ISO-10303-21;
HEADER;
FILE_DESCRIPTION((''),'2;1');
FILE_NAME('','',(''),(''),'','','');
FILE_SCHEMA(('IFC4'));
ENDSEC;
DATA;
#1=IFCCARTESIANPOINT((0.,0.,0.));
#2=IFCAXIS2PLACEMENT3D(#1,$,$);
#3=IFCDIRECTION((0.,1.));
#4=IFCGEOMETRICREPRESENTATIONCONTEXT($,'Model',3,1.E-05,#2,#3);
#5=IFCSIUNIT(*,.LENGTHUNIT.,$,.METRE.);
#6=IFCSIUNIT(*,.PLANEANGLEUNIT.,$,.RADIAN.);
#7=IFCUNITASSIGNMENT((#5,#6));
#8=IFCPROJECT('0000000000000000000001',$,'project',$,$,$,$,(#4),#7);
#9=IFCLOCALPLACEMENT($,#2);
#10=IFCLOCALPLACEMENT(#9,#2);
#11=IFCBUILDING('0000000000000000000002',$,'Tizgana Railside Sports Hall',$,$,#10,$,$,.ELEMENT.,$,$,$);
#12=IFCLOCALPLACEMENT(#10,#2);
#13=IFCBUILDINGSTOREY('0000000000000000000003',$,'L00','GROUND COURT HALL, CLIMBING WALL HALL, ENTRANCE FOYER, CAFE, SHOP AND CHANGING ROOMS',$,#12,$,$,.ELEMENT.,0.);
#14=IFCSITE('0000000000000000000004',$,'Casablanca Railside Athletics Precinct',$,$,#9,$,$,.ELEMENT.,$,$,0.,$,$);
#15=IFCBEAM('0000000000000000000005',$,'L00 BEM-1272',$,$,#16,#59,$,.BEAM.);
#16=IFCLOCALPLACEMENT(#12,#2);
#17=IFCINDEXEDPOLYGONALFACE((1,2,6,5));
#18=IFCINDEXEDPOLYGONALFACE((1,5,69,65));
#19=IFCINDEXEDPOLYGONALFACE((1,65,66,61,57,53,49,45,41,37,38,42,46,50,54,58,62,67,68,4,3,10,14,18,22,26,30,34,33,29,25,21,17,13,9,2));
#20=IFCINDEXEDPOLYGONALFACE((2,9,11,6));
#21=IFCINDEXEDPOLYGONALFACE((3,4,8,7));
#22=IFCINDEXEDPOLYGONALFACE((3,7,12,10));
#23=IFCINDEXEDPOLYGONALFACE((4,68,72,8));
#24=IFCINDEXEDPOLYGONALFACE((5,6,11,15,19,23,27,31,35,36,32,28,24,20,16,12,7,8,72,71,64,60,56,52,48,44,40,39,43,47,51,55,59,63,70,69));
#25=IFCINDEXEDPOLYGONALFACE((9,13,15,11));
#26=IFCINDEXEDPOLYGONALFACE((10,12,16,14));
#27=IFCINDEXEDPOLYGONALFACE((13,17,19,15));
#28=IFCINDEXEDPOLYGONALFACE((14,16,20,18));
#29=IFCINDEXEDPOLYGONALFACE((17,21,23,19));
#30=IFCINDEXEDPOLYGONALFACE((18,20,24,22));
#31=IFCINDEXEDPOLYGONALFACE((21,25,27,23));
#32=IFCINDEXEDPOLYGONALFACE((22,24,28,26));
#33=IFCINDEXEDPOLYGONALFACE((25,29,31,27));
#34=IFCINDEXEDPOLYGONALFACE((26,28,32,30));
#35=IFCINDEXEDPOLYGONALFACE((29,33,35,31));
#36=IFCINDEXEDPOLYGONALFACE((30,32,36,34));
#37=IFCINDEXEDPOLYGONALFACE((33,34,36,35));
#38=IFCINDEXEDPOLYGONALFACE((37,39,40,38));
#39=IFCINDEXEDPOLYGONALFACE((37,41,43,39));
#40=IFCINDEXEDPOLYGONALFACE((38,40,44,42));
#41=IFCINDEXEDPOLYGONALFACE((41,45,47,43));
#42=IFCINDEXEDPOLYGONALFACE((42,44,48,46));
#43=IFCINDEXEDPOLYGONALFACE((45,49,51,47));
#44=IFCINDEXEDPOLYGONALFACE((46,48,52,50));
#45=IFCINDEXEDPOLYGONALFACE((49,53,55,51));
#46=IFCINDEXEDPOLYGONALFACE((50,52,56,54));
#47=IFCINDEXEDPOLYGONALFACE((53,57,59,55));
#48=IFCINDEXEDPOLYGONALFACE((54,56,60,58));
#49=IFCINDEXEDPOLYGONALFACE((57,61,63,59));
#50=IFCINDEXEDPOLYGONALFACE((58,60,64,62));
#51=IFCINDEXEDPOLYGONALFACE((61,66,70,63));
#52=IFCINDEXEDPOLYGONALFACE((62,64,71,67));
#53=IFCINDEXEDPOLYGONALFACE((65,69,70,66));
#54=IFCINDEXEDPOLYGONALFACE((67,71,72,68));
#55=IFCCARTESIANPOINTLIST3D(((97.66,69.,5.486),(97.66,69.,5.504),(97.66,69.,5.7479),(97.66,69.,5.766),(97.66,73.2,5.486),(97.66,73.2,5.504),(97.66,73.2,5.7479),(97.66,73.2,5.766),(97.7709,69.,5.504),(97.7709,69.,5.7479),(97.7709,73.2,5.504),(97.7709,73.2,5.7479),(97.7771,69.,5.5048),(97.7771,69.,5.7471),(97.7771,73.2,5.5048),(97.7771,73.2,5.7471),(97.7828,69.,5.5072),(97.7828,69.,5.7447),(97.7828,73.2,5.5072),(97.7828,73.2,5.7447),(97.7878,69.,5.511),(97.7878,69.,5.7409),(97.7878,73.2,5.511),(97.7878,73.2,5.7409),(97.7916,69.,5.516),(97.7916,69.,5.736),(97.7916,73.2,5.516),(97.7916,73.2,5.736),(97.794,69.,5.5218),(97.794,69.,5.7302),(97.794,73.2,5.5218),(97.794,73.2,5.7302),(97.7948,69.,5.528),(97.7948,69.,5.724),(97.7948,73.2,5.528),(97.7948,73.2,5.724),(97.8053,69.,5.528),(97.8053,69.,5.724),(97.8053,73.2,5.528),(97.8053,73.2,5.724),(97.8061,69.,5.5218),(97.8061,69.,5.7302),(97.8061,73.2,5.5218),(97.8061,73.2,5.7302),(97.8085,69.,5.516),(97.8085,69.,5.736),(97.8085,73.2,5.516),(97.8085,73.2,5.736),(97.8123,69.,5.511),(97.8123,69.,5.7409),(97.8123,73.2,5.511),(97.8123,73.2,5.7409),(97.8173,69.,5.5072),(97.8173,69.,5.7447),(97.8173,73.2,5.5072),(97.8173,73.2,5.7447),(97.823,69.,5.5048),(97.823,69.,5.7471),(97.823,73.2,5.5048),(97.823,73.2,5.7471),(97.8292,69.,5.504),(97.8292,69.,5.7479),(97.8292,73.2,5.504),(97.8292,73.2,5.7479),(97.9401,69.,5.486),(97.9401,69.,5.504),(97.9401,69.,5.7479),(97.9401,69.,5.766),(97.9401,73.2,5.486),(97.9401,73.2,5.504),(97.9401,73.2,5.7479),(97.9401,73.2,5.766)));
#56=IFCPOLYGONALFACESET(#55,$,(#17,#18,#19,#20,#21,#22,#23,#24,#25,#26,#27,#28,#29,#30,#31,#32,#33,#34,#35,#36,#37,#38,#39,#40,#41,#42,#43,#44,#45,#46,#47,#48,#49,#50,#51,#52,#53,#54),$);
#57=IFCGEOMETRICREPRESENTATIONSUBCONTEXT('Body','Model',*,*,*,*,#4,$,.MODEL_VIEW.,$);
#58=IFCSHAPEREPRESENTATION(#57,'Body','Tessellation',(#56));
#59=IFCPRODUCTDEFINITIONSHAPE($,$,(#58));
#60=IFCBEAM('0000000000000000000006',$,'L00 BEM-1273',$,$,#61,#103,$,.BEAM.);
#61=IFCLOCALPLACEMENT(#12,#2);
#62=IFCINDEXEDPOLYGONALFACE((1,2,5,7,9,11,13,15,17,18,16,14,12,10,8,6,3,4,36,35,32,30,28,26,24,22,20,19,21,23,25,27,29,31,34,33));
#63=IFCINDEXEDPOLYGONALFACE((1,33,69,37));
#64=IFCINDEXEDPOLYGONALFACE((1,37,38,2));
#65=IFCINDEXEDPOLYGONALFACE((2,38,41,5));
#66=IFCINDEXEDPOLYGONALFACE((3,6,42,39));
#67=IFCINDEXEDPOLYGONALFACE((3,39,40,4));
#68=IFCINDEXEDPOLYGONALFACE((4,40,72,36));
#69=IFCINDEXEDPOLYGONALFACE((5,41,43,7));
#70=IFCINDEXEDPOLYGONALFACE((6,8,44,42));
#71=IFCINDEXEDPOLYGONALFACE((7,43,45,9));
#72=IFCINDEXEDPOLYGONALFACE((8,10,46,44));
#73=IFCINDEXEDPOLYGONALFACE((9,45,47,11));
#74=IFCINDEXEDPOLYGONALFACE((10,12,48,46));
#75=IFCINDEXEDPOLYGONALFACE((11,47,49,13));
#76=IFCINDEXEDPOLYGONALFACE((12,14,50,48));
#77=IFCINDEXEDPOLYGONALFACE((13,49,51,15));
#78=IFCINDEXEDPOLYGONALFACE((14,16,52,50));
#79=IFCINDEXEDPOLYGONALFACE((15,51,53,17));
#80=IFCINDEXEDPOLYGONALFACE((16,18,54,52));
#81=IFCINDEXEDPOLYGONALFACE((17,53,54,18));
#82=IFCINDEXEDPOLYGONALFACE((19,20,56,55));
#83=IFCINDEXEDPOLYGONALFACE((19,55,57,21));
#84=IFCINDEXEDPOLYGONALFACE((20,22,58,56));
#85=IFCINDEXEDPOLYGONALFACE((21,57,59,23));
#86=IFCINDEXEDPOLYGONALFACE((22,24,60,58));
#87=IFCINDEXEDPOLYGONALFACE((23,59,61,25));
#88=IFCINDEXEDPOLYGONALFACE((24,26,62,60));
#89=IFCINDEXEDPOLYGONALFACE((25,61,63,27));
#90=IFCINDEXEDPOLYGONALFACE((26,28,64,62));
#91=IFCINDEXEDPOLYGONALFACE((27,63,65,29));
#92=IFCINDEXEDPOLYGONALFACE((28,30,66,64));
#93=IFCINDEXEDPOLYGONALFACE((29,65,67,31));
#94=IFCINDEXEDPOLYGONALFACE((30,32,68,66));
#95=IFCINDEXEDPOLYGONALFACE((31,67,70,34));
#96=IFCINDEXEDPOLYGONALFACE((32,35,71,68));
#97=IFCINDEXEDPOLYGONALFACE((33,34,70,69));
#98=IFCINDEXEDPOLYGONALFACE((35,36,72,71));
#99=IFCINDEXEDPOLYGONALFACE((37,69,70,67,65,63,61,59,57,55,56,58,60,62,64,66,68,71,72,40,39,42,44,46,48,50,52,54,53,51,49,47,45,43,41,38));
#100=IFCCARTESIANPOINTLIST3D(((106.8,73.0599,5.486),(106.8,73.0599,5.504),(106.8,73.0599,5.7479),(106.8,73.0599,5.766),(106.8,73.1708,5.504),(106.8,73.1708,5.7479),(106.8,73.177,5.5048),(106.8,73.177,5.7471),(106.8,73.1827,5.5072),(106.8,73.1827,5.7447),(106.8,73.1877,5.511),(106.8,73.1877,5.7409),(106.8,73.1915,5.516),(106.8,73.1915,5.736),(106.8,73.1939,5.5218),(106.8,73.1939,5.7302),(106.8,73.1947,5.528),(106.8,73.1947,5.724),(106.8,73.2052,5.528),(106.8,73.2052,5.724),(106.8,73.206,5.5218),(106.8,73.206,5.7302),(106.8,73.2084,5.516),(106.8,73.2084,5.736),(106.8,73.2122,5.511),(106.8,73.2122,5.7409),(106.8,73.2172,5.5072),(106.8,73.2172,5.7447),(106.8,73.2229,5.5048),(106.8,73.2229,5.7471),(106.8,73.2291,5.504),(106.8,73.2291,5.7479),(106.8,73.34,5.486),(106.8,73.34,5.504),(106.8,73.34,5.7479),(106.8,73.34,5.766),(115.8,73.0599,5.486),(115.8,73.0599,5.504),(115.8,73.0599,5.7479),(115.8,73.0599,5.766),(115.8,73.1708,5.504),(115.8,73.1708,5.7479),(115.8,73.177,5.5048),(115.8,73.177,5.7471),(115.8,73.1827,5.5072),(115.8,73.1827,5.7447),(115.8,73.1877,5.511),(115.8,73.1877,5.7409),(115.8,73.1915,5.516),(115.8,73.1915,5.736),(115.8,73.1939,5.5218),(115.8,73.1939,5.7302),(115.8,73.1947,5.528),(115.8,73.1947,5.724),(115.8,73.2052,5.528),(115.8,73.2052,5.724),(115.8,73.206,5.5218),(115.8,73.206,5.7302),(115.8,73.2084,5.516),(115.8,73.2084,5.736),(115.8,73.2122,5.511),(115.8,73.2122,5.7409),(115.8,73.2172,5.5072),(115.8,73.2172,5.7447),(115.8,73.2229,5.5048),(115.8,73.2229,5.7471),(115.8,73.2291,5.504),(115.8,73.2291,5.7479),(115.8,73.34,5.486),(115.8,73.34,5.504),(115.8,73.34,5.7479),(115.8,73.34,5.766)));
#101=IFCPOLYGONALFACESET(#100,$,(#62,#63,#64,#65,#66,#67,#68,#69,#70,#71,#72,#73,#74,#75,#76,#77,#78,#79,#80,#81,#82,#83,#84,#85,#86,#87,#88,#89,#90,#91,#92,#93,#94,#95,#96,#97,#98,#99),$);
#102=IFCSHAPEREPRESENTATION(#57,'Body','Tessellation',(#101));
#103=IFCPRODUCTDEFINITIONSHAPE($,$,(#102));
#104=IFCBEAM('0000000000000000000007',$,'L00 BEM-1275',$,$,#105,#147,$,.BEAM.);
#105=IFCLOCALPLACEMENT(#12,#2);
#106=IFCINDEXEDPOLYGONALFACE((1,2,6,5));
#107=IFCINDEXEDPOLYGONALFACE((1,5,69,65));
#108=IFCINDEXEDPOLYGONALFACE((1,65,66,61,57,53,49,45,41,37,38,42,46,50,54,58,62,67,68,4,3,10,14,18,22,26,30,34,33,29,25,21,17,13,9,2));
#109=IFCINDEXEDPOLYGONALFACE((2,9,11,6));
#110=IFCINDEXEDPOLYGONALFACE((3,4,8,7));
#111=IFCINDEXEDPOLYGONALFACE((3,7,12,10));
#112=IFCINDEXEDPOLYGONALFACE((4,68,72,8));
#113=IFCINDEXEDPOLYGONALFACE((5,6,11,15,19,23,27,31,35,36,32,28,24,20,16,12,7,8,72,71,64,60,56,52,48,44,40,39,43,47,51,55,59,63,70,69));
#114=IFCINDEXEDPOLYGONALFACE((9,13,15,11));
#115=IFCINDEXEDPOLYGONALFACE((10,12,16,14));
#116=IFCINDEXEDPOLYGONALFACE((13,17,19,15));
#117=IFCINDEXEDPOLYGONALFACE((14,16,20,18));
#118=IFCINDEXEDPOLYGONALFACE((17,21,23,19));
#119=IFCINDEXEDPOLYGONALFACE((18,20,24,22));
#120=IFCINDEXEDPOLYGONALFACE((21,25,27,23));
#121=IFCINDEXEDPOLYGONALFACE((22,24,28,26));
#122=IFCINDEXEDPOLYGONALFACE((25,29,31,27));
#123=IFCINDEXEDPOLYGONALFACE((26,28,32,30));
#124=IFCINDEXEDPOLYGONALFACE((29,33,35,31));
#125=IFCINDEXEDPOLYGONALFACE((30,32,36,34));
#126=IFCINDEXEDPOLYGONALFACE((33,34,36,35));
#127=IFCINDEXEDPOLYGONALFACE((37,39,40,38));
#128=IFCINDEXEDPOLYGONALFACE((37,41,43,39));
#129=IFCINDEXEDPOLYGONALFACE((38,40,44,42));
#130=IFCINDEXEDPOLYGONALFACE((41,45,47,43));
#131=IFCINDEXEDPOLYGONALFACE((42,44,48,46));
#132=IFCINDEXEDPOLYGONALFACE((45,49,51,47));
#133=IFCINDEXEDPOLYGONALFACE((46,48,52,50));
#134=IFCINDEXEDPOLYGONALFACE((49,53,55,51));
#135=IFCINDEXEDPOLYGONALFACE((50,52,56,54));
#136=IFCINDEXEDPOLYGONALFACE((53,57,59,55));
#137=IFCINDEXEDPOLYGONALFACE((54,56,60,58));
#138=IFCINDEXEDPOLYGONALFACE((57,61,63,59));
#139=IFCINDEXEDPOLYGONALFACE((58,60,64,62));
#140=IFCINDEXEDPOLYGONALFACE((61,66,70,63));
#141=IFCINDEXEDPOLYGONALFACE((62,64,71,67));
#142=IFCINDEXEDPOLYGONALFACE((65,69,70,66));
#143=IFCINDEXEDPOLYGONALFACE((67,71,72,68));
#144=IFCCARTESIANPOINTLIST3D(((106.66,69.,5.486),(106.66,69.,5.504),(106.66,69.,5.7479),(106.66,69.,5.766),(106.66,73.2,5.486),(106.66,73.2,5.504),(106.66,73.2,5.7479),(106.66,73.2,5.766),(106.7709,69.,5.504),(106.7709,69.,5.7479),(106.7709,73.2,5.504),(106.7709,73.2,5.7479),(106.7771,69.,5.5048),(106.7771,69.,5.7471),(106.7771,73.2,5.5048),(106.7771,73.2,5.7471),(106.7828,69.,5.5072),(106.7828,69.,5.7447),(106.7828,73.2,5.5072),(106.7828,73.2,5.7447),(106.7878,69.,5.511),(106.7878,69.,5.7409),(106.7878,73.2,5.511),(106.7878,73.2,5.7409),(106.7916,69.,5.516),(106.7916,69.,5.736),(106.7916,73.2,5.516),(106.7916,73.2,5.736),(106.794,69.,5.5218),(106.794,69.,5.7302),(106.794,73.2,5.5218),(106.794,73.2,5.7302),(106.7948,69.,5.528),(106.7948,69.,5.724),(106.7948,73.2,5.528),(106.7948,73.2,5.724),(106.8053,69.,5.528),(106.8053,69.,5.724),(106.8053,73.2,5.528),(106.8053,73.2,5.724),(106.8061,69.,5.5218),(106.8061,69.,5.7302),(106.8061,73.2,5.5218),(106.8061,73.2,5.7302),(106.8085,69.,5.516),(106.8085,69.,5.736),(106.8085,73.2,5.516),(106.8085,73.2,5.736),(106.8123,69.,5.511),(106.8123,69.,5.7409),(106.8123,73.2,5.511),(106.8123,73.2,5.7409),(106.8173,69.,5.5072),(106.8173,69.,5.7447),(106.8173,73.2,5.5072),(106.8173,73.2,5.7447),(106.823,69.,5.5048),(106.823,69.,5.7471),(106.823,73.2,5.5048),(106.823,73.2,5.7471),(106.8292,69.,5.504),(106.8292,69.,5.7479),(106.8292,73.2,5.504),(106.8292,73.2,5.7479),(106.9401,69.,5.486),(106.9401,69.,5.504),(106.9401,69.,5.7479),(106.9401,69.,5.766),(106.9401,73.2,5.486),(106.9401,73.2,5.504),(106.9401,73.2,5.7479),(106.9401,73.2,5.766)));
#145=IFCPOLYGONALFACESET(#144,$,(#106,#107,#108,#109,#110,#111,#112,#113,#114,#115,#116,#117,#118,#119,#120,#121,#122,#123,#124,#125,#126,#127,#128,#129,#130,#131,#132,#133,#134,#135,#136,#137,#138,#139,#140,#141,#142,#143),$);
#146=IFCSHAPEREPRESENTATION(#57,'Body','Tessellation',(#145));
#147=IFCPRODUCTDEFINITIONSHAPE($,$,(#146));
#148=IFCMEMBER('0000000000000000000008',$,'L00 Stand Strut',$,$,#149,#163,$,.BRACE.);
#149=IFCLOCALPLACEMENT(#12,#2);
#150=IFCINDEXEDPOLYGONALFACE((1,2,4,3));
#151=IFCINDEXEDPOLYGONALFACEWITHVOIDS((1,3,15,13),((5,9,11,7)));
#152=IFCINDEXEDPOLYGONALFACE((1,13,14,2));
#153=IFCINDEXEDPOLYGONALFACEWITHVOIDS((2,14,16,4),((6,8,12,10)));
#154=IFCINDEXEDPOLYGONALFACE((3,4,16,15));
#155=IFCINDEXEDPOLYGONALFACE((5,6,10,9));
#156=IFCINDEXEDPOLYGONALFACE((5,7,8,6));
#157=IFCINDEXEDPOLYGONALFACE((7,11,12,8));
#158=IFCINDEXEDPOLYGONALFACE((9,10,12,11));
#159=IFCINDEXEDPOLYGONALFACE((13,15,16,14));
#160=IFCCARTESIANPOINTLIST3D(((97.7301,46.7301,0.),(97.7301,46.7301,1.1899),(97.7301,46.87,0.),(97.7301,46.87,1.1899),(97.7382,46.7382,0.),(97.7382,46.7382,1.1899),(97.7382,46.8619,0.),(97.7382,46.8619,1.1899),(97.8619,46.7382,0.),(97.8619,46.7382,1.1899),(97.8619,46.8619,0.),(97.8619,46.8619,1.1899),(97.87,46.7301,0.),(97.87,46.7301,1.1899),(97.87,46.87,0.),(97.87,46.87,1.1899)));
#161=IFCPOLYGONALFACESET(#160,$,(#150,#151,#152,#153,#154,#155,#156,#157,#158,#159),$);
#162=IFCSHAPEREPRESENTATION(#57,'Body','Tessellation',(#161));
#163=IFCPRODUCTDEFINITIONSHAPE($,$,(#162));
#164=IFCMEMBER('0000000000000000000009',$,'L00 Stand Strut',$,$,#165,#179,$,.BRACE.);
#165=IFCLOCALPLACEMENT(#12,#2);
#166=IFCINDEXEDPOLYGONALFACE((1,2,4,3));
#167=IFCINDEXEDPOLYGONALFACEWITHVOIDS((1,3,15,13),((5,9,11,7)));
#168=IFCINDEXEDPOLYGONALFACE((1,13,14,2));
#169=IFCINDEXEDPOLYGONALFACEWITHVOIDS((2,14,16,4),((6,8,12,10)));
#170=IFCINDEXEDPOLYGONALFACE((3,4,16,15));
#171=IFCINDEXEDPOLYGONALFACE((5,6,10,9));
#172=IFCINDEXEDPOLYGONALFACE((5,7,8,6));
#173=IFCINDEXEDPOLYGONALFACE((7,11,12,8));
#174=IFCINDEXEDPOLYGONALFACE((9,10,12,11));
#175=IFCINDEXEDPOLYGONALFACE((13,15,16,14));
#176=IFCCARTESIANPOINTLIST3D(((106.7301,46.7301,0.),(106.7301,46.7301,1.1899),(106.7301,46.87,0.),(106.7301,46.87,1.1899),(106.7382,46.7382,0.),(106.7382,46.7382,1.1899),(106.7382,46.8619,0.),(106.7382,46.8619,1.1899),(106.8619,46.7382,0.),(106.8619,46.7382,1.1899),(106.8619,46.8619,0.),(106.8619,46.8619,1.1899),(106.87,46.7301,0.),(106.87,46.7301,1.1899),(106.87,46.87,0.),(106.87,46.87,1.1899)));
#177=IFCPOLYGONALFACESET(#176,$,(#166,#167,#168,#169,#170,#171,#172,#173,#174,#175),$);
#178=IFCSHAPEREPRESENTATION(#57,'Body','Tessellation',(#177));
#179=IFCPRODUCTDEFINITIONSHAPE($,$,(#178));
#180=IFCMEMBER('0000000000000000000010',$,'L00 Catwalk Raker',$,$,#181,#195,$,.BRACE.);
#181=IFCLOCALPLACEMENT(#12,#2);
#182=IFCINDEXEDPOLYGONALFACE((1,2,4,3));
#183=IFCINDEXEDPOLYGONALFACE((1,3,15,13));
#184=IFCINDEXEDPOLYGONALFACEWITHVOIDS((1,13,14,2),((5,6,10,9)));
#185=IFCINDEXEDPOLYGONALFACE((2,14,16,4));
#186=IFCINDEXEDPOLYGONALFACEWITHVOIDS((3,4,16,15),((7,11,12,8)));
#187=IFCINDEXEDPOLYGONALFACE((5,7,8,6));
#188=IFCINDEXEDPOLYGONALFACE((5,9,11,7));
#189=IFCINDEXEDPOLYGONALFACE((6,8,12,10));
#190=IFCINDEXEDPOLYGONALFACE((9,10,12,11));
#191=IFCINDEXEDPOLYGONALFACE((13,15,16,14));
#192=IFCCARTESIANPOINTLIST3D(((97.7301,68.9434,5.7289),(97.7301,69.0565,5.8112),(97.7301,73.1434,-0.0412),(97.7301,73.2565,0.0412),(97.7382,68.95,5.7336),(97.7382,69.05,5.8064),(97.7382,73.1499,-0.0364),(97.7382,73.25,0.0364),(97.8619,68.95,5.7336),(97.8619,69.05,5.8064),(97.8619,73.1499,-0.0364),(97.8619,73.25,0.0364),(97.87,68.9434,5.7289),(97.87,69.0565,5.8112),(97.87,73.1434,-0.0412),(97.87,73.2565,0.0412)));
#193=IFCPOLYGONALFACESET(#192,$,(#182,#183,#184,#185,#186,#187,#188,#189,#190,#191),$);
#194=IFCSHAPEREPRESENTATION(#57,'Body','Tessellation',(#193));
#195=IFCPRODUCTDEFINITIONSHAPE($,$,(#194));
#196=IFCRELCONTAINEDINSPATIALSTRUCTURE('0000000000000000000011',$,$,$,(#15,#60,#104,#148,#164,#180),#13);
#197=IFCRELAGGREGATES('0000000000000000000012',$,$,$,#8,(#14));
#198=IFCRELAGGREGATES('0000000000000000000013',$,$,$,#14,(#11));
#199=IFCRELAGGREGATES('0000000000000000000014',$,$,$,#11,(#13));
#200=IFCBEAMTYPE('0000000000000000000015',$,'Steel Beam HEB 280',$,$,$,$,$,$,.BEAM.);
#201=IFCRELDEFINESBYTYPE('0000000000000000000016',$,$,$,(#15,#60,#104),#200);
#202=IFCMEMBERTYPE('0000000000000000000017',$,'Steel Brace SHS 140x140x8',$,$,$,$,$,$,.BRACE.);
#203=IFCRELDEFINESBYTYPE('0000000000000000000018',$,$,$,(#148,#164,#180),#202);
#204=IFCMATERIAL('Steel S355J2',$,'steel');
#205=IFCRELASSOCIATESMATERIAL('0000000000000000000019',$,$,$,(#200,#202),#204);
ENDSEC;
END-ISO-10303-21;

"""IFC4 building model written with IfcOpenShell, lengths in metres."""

from ifc_helpers import new_model, si_unit, direction, frame, origin, origin_2d, place, context, subcontext, project, spatial, hollow_rectangle, i_section, extrude, material, material_profile, profile_set, type_object, element, save


model = new_model("IFC4")

# Units and contexts
model_context = context("Model", 3, precision=1e-05, world=origin(), true_north=direction((0.0, 1.0)))
body_context = subcontext(model_context, "Body", "Model", "MODEL_VIEW")
ifc_project = project(units=[si_unit("LENGTHUNIT", "METRE"), si_unit("PLANEANGLEUNIT", "RADIAN")], contexts=[model_context])

# Site, building, storey
site_placement = place(None, origin())
site = spatial("IfcSite", under=ifc_project, at=site_placement, Name="Casablanca Railside Athletics Precinct", CompositionType="ELEMENT", RefElevation=0.0)
building_placement = place(site_placement, origin())
building = spatial("IfcBuilding", under=site, at=building_placement, Name="Tizgana Railside Sports Hall", CompositionType="ELEMENT")
storey_placement = place(building_placement, origin())
storey = spatial("IfcBuildingStorey", under=building, at=storey_placement, Name="L00", Description="GROUND COURT HALL, CLIMBING WALL HALL, ENTRANCE FOYER, CAFE, SHOP AND CHANGING ROOMS", CompositionType="ELEMENT", Elevation=0.0)

# Beams
ifc_material_1 = material(Name="Steel S355J2", Category="steel")
ifc_material_profile_1 = material_profile(ifc_material_1, i_section(OverallWidth=0.28, OverallDepth=0.28, WebThickness=0.0105, FlangeThickness=0.0181, FilletRadius=0.0239, at=origin_2d()), Name="HEB 280")
ifc_profile_set_1 = profile_set([ifc_material_profile_1], Name="Steel S355J2")
beam_type_1 = type_object("IfcBeamType", Name="Steel Beam HEB 280", PredefinedType="BEAM", material=ifc_profile_set_1)
beam_1_placement = place(storey_placement, frame((97.8, 73.2, 5.626), z_axis=(0.0, -1.0, 0.0), x_axis=(1.0, 0.0, 0.0)))
element("IfcBeam", 1, at=beam_1_placement, inside=storey, type_object=beam_type_1, Name="L00 BEM-1272", PredefinedType="BEAM", context=body_context, shape_type="SweptSolid", body=[
    extrude(i_section(OverallWidth=0.28, OverallDepth=0.28, WebThickness=0.0105, FlangeThickness=0.0181, FilletRadius=0.0239, at=origin_2d()), origin(), (0.0, 0.0, 1.0), 4.2),
])
beam_2_placement = place(storey_placement, frame((106.8, 73.2, 5.626), z_axis=(1.0, 0.0, 0.0), x_axis=(0.0, 1.0, 0.0)))
element("IfcBeam", 2, at=beam_2_placement, inside=storey, type_object=beam_type_1, Name="L00 BEM-1273", PredefinedType="BEAM", context=body_context, shape_type="SweptSolid", body=[
    extrude(i_section(OverallWidth=0.28, OverallDepth=0.28, WebThickness=0.0105, FlangeThickness=0.0181, FilletRadius=0.0239, at=origin_2d()), origin(), (0.0, 0.0, 1.0), 9.0),
])
beam_3_placement = place(storey_placement, frame((106.8, 73.2, 5.626), z_axis=(0.0, -1.0, 0.0), x_axis=(1.0, 0.0, 0.0)))
element("IfcBeam", 3, at=beam_3_placement, inside=storey, type_object=beam_type_1, Name="L00 BEM-1275", PredefinedType="BEAM", context=body_context, shape_type="SweptSolid", body=[
    extrude(i_section(OverallWidth=0.28, OverallDepth=0.28, WebThickness=0.0105, FlangeThickness=0.0181, FilletRadius=0.0239, at=origin_2d()), origin(), (0.0, 0.0, 1.0), 4.2),
])

# Members
ifc_material_profile_2 = material_profile(ifc_material_1, hollow_rectangle(XDim=0.1399, YDim=0.1399, WallThickness=0.0081, at=origin_2d()), Name="SHS 140x140x8")
ifc_profile_set_2 = profile_set([ifc_material_profile_2], Name="Steel S355J2")
member_type = type_object("IfcMemberType", Name="Steel Brace SHS 140x140x8", PredefinedType="BRACE", material=ifc_profile_set_2)
for number, where, z_axis, x_axis, name in (
    (4, (97.8, 46.8, 0.0), (0.0, 0.0, 1.0), (1.0, 0.0, 0.0), "L00 Stand Strut"),
    (5, (106.8, 46.8, 0.0), (0.0, 0.0, 1.0), (1.0, 0.0, 0.0), "L00 Stand Strut"),
):
    element("IfcMember", number, at=place(storey_placement, frame(where, z_axis=z_axis, x_axis=x_axis)), inside=storey, type_object=member_type, Name=name, PredefinedType="BRACE", context=body_context, shape_type="SweptSolid", body=[
        extrude(hollow_rectangle(XDim=0.1399, YDim=0.1399, WallThickness=0.0081, at=origin_2d()), origin(), (0.0, 0.0, 1.0), 1.1899),
    ])
member_placement = place(storey_placement, frame((97.8, 73.2, 0.0), z_axis=(0.0, -0.588499, 0.808498), x_axis=(1.0, 0.0, 0.0)))
element("IfcMember", 6, at=member_placement, inside=storey, type_object=member_type, Name="L00 Catwalk Raker", PredefinedType="BRACE", context=body_context, shape_type="SweptSolid", body=[
    extrude(hollow_rectangle(XDim=0.1399, YDim=0.1399, WallThickness=0.0081, at=origin_2d()), origin(), (0.0, 0.0, 1.0), 7.1367),
])

save(model, "model.ifc")
